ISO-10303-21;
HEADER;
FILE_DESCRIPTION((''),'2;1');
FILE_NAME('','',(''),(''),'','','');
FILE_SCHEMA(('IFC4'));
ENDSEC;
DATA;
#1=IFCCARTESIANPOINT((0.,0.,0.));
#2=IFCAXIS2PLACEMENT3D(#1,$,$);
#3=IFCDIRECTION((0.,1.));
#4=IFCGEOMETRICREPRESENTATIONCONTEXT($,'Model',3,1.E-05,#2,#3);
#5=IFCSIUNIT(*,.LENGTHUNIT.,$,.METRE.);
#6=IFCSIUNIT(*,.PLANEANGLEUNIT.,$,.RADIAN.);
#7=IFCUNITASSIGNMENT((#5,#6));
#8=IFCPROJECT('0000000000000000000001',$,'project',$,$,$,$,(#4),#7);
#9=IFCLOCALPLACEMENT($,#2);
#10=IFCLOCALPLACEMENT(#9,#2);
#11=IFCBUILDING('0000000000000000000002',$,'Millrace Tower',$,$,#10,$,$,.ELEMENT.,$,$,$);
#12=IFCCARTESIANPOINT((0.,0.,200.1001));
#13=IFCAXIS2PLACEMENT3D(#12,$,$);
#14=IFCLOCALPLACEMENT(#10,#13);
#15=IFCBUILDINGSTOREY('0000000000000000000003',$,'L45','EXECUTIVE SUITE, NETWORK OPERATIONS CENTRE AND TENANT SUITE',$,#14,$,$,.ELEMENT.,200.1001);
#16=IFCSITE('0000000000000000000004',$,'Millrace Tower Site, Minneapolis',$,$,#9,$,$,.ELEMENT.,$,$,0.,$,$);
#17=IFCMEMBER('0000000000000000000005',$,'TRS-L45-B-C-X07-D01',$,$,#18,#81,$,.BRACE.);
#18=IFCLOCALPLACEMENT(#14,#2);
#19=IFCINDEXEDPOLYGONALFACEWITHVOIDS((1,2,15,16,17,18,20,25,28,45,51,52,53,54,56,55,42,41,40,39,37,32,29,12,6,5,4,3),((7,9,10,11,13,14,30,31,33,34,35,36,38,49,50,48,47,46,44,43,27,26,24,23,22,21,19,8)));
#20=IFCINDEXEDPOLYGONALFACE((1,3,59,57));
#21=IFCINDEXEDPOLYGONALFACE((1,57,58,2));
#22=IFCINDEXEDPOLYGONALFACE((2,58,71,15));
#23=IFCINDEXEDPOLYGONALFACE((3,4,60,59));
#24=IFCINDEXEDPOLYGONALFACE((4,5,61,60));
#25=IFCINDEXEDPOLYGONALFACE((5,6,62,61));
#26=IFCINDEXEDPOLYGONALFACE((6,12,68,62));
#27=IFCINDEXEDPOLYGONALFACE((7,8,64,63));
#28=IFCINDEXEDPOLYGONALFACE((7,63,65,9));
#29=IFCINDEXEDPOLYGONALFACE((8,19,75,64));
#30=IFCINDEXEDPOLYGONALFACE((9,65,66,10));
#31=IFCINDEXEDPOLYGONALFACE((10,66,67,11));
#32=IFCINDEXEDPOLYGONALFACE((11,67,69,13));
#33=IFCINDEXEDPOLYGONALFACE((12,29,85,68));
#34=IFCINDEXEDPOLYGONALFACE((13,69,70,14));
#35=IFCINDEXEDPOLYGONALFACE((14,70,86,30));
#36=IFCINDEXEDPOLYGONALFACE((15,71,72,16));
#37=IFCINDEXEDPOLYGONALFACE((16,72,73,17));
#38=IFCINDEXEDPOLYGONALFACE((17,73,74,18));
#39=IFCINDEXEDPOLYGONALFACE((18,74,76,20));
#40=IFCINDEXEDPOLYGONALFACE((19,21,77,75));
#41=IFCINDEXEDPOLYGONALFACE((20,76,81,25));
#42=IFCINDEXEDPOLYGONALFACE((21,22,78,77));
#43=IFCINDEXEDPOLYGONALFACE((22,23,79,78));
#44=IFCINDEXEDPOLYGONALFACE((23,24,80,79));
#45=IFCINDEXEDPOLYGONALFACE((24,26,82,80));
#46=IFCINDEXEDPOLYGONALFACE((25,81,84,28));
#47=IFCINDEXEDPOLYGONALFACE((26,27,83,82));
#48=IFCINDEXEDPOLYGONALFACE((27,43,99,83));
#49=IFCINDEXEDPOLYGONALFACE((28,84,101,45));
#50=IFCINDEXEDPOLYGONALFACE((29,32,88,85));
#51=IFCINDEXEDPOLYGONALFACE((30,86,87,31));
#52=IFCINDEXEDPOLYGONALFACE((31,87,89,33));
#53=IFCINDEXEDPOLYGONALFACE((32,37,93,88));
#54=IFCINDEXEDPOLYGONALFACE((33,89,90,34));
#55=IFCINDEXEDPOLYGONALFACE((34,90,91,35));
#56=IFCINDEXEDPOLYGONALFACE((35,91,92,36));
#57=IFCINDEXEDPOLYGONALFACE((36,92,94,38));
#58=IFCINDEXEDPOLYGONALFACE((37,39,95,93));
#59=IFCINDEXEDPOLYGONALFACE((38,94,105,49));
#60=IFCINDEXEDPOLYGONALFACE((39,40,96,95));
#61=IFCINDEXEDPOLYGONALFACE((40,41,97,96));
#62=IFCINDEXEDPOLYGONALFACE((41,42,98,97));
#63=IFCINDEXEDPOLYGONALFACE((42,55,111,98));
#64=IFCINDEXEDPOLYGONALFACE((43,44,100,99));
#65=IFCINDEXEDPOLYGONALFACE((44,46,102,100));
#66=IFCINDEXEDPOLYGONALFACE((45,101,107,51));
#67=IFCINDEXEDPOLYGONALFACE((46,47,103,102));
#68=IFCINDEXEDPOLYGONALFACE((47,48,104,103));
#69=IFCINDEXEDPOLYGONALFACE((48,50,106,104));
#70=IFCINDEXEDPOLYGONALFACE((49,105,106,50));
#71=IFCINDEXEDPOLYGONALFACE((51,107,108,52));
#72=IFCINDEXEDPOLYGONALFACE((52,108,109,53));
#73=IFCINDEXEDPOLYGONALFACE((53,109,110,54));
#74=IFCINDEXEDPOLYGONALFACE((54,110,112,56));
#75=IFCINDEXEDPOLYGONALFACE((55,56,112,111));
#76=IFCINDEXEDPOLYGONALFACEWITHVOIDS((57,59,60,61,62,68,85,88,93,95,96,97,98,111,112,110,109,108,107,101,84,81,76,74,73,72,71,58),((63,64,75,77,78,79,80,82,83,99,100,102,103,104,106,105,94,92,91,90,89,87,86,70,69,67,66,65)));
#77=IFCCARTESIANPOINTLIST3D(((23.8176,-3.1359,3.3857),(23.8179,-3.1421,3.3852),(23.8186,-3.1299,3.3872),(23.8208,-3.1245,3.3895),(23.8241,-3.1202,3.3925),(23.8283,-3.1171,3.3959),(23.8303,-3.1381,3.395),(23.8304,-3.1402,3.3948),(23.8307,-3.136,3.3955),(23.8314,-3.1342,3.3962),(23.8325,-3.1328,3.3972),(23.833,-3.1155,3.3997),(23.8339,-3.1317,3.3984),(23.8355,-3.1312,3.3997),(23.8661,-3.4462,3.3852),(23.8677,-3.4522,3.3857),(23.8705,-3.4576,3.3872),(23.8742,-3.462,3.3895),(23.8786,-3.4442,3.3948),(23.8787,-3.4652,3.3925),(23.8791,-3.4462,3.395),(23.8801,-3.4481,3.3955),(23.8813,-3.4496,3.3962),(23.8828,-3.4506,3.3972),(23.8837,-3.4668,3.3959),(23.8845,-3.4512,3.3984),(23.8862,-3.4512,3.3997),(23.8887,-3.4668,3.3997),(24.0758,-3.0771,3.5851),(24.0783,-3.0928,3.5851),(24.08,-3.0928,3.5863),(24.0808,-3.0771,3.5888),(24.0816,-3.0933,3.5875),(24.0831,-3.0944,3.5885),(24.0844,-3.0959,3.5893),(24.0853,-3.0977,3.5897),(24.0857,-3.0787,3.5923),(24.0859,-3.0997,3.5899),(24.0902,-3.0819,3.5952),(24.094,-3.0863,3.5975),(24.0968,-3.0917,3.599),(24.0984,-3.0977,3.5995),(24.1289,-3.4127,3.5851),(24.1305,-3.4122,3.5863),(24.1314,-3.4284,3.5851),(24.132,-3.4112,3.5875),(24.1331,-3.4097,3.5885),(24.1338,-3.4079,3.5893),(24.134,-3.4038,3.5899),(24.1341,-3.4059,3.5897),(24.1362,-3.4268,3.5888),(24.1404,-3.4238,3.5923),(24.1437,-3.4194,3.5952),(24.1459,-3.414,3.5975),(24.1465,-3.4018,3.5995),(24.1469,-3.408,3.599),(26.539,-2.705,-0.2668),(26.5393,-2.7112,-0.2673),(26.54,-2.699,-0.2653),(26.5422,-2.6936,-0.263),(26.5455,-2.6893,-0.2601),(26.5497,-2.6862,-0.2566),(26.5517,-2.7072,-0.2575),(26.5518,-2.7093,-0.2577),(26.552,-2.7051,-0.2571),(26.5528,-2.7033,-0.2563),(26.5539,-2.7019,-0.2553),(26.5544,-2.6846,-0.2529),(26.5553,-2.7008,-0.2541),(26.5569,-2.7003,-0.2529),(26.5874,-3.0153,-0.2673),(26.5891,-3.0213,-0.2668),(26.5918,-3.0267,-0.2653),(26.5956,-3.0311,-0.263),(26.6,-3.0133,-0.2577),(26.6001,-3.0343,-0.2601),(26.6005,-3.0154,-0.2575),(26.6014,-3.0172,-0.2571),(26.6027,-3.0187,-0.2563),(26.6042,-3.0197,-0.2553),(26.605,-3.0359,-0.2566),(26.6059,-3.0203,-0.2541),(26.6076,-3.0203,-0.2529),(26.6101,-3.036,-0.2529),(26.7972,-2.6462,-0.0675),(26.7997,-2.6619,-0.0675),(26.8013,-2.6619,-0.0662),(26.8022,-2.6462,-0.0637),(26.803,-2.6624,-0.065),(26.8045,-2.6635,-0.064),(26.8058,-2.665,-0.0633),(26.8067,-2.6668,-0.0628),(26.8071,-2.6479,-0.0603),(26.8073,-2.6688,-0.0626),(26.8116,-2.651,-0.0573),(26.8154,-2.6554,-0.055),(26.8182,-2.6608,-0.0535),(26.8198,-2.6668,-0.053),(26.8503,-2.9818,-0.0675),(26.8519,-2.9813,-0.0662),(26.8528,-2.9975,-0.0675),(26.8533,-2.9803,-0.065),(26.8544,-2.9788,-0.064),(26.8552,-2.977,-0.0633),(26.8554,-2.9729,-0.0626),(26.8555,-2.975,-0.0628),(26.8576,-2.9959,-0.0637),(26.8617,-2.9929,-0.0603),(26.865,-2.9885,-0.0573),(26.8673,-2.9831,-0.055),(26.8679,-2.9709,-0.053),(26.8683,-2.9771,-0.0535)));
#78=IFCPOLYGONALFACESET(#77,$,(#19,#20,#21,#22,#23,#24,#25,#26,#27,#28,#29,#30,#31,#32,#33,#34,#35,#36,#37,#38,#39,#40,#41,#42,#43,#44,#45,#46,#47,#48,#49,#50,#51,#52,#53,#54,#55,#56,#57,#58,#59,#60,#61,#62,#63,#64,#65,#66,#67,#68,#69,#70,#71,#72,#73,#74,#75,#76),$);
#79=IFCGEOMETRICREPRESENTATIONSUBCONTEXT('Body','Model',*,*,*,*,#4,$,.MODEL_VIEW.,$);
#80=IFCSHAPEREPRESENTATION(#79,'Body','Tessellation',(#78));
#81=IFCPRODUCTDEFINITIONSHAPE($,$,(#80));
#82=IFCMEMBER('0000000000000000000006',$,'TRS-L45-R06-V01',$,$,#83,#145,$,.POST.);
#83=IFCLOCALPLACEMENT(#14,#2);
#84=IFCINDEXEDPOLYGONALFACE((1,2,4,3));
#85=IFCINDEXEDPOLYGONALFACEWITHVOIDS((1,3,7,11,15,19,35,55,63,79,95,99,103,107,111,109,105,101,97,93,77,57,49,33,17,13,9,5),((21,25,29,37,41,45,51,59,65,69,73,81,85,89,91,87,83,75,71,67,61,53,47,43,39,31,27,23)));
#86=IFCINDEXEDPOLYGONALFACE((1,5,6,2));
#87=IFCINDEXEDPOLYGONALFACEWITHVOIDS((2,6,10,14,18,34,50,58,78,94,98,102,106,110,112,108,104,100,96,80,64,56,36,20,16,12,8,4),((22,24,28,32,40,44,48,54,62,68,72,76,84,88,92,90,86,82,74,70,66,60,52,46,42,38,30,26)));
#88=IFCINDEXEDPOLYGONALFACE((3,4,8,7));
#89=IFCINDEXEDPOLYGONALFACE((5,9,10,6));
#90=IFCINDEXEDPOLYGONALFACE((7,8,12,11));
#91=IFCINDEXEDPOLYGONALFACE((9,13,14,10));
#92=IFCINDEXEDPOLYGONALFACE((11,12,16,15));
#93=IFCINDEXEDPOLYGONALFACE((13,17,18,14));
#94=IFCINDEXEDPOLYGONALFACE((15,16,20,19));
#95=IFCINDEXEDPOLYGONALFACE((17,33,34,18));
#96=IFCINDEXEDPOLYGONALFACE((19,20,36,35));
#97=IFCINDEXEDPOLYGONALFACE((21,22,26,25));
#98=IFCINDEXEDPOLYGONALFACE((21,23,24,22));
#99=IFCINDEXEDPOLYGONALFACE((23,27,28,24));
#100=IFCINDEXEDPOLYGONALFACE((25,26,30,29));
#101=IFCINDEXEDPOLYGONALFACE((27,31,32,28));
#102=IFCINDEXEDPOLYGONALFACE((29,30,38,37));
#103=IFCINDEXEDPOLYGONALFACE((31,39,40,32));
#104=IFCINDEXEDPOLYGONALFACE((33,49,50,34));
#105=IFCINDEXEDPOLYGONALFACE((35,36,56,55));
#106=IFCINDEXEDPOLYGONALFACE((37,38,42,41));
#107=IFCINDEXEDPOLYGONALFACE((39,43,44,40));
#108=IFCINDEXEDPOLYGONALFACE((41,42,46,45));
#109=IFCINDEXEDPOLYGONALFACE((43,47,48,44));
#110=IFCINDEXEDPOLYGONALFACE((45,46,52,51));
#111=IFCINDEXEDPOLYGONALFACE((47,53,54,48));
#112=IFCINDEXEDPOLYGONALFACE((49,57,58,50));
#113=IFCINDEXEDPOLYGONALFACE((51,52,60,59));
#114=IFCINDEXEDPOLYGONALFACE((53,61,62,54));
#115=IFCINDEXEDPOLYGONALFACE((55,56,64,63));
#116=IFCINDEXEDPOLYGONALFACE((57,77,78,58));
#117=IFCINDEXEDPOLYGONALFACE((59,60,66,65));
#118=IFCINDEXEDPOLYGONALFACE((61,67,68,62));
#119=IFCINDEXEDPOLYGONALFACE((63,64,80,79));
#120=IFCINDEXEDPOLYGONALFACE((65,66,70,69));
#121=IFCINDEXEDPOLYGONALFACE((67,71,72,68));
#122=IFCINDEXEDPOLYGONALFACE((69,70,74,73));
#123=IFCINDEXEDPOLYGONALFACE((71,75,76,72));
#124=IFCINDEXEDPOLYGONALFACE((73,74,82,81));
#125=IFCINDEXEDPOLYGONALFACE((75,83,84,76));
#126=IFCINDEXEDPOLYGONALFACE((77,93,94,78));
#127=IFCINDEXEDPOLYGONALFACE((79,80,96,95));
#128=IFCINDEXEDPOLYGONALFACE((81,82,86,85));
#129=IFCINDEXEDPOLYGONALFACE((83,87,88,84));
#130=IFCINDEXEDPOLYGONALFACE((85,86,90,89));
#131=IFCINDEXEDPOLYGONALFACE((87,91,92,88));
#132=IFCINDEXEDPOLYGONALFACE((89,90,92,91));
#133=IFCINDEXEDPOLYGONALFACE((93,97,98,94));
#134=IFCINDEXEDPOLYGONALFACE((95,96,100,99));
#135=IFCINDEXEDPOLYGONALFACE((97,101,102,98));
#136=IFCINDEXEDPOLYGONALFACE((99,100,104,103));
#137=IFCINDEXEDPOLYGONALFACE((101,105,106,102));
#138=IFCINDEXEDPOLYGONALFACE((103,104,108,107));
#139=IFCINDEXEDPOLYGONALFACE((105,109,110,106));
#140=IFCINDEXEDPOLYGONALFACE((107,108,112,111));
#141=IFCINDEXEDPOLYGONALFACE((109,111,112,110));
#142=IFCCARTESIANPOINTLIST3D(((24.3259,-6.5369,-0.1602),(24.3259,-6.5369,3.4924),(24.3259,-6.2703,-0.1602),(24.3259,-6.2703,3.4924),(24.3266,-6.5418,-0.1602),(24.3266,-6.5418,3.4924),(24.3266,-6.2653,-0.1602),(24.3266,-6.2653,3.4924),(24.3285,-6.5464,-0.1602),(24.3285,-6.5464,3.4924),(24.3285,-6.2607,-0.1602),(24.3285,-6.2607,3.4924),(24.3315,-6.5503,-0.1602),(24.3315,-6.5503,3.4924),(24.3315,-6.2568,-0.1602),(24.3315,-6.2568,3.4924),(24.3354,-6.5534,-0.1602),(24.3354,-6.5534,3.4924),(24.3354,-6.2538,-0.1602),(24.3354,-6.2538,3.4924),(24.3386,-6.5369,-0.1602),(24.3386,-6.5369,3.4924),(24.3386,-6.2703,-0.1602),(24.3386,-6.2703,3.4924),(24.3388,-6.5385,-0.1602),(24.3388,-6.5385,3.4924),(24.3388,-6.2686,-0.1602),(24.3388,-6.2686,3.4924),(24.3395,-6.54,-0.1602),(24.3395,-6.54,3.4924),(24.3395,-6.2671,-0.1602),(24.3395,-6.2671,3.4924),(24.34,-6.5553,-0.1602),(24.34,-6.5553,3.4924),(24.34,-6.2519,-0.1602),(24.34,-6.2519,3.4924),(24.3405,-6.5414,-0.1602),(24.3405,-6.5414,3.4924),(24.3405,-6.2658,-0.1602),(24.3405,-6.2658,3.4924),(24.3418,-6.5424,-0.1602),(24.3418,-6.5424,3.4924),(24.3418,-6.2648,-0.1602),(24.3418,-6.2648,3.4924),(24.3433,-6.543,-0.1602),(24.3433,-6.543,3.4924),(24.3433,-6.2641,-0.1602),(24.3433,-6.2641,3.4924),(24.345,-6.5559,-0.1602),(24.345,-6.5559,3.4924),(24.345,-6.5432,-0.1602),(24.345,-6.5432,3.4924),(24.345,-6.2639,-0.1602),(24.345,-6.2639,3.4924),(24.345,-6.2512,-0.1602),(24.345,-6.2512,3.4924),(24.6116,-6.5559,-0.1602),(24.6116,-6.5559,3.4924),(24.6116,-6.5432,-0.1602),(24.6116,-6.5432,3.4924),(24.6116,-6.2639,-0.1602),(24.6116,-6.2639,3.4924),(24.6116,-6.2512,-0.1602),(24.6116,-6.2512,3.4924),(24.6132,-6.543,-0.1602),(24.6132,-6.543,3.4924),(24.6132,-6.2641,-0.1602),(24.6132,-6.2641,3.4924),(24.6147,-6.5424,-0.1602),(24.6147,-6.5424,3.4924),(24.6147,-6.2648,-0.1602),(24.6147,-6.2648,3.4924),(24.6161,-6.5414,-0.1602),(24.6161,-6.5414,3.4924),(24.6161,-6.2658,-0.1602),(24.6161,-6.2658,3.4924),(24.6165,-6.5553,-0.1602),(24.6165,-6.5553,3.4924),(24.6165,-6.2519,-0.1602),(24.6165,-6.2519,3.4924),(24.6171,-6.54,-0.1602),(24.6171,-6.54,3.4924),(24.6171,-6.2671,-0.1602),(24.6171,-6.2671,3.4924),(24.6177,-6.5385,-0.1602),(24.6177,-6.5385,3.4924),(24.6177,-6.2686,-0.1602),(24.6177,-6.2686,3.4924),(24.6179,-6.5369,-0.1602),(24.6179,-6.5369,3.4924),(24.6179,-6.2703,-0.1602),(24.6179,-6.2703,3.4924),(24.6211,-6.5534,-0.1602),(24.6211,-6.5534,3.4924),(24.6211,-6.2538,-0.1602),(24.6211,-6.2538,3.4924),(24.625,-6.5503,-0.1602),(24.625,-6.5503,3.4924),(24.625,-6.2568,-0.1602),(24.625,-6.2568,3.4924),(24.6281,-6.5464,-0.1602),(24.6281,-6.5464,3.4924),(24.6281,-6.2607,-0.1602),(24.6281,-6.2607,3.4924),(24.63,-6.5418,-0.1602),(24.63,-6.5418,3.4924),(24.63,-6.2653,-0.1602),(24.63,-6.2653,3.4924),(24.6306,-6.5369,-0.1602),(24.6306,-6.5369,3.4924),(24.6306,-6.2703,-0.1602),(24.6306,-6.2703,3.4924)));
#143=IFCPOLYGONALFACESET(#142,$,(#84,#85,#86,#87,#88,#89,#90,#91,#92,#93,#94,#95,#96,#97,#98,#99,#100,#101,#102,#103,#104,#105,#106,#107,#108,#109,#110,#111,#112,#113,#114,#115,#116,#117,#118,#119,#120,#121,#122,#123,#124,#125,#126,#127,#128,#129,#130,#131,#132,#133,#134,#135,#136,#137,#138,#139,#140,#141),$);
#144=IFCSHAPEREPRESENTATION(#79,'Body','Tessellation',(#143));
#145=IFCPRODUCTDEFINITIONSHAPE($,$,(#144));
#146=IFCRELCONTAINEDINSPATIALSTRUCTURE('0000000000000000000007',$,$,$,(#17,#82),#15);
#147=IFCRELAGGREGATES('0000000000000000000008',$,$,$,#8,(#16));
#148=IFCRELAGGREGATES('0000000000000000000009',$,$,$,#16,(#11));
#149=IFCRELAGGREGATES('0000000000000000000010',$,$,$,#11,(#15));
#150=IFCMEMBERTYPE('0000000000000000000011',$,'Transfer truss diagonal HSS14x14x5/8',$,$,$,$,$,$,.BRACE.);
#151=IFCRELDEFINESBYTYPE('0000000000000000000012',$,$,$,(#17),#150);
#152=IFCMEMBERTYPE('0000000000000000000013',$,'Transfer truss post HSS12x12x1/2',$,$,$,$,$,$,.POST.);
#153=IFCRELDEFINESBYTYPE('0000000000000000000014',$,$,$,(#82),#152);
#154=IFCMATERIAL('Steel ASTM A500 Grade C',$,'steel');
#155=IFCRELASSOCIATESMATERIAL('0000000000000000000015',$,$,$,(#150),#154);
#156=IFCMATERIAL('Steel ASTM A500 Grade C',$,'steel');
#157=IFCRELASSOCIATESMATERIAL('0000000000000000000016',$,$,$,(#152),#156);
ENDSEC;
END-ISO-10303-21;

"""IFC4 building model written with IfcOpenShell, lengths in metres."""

from ifc_helpers import new_model, si_unit, direction, frame, origin, origin_2d, place, context, subcontext, project, spatial, hollow_rectangle, extrude, material, material_profile, profile_set, type_object, element, save


model = new_model("IFC4")

# Units and contexts
model_context = context("Model", 3, precision=1e-05, world=origin(), true_north=direction((0.0, 1.0)))
body_context = subcontext(model_context, "Body", "Model", "MODEL_VIEW")
ifc_project = project(units=[si_unit("LENGTHUNIT", "METRE"), si_unit("PLANEANGLEUNIT", "RADIAN")], contexts=[model_context])

# Site, building, storey
site_placement = place(None, origin())
site = spatial("IfcSite", under=ifc_project, at=site_placement, Name="Millrace Tower Site, Minneapolis", CompositionType="ELEMENT", RefElevation=0.0)
building_placement = place(site_placement, origin())
building = spatial("IfcBuilding", under=site, at=building_placement, Name="Millrace Tower", CompositionType="ELEMENT")
storey_placement = place(building_placement, frame((0.0, 0.0, 200.1001)))
storey = spatial("IfcBuildingStorey", under=building, at=storey_placement, Name="L45", Description="EXECUTIVE SUITE, NETWORK OPERATIONS CENTRE AND TENANT SUITE", CompositionType="ELEMENT", Elevation=200.1001)

# Members
ifc_material_1 = material(Name="Steel ASTM A500 Grade C", Category="steel")
ifc_material_profile_1 = material_profile(ifc_material_1, hollow_rectangle(XDim=0.3557, YDim=0.3557, WallThickness=0.0159, InnerFilletRadius=0.0081, OuterFilletRadius=0.0239, at=origin_2d()))
ifc_profile_set_1 = profile_set([ifc_material_profile_1], Name="Steel ASTM A500 Grade C")
member_type_1 = type_object("IfcMemberType", Name="Transfer truss diagonal HSS14x14x5/8", PredefinedType="BRACE", material=ifc_profile_set_1)
member_1_placement = place(storey_placement, frame((26.7036, -2.8411, -0.1602), z_axis=(-0.594811, -0.094182, 0.798329), x_axis=(0.15639, -0.987695, 0.0)))
element("IfcMember", 1, at=member_1_placement, inside=storey, type_object=member_type_1, Name="TRS-L45-B-C-X07-D01", PredefinedType="BRACE", context=body_context, shape_type="SweptSolid", body=[
    extrude(hollow_rectangle(XDim=0.3557, YDim=0.3557, WallThickness=0.0159, InnerFilletRadius=0.0081, OuterFilletRadius=0.0239, at=origin_2d()), origin(), (0.0, 0.0, 1.0), 4.5752),
])
ifc_material_2 = material(Name="Steel ASTM A500 Grade C", Category="steel")
ifc_material_profile_2 = material_profile(ifc_material_2, hollow_rectangle(XDim=0.3047, YDim=0.3047, WallThickness=0.0127, InnerFilletRadius=0.0063, OuterFilletRadius=0.019, at=origin_2d()))
ifc_profile_set_2 = profile_set([ifc_material_profile_2], Name="Steel ASTM A500 Grade C")
member_type_2 = type_object("IfcMemberType", Name="Transfer truss post HSS12x12x1/2", PredefinedType="POST", material=ifc_profile_set_2)
for number, where, z_axis, x_axis, name in (
    (2, (24.4783, -6.4036, -0.1602), (0.0, 0.0, 1.0), (1.0, 0.0, 0.0), "TRS-L45-R06-V01"),
):
    element("IfcMember", number, at=place(storey_placement, frame(where, z_axis=z_axis, x_axis=x_axis)), inside=storey, type_object=member_type_2, Name=name, PredefinedType="POST", context=body_context, shape_type="SweptSolid", body=[
        extrude(hollow_rectangle(XDim=0.3047, YDim=0.3047, WallThickness=0.0127, InnerFilletRadius=0.0063, OuterFilletRadius=0.019, at=origin_2d()), origin(), (0.0, 0.0, 1.0), 3.6526),
    ])

save(model, "model.ifc")
